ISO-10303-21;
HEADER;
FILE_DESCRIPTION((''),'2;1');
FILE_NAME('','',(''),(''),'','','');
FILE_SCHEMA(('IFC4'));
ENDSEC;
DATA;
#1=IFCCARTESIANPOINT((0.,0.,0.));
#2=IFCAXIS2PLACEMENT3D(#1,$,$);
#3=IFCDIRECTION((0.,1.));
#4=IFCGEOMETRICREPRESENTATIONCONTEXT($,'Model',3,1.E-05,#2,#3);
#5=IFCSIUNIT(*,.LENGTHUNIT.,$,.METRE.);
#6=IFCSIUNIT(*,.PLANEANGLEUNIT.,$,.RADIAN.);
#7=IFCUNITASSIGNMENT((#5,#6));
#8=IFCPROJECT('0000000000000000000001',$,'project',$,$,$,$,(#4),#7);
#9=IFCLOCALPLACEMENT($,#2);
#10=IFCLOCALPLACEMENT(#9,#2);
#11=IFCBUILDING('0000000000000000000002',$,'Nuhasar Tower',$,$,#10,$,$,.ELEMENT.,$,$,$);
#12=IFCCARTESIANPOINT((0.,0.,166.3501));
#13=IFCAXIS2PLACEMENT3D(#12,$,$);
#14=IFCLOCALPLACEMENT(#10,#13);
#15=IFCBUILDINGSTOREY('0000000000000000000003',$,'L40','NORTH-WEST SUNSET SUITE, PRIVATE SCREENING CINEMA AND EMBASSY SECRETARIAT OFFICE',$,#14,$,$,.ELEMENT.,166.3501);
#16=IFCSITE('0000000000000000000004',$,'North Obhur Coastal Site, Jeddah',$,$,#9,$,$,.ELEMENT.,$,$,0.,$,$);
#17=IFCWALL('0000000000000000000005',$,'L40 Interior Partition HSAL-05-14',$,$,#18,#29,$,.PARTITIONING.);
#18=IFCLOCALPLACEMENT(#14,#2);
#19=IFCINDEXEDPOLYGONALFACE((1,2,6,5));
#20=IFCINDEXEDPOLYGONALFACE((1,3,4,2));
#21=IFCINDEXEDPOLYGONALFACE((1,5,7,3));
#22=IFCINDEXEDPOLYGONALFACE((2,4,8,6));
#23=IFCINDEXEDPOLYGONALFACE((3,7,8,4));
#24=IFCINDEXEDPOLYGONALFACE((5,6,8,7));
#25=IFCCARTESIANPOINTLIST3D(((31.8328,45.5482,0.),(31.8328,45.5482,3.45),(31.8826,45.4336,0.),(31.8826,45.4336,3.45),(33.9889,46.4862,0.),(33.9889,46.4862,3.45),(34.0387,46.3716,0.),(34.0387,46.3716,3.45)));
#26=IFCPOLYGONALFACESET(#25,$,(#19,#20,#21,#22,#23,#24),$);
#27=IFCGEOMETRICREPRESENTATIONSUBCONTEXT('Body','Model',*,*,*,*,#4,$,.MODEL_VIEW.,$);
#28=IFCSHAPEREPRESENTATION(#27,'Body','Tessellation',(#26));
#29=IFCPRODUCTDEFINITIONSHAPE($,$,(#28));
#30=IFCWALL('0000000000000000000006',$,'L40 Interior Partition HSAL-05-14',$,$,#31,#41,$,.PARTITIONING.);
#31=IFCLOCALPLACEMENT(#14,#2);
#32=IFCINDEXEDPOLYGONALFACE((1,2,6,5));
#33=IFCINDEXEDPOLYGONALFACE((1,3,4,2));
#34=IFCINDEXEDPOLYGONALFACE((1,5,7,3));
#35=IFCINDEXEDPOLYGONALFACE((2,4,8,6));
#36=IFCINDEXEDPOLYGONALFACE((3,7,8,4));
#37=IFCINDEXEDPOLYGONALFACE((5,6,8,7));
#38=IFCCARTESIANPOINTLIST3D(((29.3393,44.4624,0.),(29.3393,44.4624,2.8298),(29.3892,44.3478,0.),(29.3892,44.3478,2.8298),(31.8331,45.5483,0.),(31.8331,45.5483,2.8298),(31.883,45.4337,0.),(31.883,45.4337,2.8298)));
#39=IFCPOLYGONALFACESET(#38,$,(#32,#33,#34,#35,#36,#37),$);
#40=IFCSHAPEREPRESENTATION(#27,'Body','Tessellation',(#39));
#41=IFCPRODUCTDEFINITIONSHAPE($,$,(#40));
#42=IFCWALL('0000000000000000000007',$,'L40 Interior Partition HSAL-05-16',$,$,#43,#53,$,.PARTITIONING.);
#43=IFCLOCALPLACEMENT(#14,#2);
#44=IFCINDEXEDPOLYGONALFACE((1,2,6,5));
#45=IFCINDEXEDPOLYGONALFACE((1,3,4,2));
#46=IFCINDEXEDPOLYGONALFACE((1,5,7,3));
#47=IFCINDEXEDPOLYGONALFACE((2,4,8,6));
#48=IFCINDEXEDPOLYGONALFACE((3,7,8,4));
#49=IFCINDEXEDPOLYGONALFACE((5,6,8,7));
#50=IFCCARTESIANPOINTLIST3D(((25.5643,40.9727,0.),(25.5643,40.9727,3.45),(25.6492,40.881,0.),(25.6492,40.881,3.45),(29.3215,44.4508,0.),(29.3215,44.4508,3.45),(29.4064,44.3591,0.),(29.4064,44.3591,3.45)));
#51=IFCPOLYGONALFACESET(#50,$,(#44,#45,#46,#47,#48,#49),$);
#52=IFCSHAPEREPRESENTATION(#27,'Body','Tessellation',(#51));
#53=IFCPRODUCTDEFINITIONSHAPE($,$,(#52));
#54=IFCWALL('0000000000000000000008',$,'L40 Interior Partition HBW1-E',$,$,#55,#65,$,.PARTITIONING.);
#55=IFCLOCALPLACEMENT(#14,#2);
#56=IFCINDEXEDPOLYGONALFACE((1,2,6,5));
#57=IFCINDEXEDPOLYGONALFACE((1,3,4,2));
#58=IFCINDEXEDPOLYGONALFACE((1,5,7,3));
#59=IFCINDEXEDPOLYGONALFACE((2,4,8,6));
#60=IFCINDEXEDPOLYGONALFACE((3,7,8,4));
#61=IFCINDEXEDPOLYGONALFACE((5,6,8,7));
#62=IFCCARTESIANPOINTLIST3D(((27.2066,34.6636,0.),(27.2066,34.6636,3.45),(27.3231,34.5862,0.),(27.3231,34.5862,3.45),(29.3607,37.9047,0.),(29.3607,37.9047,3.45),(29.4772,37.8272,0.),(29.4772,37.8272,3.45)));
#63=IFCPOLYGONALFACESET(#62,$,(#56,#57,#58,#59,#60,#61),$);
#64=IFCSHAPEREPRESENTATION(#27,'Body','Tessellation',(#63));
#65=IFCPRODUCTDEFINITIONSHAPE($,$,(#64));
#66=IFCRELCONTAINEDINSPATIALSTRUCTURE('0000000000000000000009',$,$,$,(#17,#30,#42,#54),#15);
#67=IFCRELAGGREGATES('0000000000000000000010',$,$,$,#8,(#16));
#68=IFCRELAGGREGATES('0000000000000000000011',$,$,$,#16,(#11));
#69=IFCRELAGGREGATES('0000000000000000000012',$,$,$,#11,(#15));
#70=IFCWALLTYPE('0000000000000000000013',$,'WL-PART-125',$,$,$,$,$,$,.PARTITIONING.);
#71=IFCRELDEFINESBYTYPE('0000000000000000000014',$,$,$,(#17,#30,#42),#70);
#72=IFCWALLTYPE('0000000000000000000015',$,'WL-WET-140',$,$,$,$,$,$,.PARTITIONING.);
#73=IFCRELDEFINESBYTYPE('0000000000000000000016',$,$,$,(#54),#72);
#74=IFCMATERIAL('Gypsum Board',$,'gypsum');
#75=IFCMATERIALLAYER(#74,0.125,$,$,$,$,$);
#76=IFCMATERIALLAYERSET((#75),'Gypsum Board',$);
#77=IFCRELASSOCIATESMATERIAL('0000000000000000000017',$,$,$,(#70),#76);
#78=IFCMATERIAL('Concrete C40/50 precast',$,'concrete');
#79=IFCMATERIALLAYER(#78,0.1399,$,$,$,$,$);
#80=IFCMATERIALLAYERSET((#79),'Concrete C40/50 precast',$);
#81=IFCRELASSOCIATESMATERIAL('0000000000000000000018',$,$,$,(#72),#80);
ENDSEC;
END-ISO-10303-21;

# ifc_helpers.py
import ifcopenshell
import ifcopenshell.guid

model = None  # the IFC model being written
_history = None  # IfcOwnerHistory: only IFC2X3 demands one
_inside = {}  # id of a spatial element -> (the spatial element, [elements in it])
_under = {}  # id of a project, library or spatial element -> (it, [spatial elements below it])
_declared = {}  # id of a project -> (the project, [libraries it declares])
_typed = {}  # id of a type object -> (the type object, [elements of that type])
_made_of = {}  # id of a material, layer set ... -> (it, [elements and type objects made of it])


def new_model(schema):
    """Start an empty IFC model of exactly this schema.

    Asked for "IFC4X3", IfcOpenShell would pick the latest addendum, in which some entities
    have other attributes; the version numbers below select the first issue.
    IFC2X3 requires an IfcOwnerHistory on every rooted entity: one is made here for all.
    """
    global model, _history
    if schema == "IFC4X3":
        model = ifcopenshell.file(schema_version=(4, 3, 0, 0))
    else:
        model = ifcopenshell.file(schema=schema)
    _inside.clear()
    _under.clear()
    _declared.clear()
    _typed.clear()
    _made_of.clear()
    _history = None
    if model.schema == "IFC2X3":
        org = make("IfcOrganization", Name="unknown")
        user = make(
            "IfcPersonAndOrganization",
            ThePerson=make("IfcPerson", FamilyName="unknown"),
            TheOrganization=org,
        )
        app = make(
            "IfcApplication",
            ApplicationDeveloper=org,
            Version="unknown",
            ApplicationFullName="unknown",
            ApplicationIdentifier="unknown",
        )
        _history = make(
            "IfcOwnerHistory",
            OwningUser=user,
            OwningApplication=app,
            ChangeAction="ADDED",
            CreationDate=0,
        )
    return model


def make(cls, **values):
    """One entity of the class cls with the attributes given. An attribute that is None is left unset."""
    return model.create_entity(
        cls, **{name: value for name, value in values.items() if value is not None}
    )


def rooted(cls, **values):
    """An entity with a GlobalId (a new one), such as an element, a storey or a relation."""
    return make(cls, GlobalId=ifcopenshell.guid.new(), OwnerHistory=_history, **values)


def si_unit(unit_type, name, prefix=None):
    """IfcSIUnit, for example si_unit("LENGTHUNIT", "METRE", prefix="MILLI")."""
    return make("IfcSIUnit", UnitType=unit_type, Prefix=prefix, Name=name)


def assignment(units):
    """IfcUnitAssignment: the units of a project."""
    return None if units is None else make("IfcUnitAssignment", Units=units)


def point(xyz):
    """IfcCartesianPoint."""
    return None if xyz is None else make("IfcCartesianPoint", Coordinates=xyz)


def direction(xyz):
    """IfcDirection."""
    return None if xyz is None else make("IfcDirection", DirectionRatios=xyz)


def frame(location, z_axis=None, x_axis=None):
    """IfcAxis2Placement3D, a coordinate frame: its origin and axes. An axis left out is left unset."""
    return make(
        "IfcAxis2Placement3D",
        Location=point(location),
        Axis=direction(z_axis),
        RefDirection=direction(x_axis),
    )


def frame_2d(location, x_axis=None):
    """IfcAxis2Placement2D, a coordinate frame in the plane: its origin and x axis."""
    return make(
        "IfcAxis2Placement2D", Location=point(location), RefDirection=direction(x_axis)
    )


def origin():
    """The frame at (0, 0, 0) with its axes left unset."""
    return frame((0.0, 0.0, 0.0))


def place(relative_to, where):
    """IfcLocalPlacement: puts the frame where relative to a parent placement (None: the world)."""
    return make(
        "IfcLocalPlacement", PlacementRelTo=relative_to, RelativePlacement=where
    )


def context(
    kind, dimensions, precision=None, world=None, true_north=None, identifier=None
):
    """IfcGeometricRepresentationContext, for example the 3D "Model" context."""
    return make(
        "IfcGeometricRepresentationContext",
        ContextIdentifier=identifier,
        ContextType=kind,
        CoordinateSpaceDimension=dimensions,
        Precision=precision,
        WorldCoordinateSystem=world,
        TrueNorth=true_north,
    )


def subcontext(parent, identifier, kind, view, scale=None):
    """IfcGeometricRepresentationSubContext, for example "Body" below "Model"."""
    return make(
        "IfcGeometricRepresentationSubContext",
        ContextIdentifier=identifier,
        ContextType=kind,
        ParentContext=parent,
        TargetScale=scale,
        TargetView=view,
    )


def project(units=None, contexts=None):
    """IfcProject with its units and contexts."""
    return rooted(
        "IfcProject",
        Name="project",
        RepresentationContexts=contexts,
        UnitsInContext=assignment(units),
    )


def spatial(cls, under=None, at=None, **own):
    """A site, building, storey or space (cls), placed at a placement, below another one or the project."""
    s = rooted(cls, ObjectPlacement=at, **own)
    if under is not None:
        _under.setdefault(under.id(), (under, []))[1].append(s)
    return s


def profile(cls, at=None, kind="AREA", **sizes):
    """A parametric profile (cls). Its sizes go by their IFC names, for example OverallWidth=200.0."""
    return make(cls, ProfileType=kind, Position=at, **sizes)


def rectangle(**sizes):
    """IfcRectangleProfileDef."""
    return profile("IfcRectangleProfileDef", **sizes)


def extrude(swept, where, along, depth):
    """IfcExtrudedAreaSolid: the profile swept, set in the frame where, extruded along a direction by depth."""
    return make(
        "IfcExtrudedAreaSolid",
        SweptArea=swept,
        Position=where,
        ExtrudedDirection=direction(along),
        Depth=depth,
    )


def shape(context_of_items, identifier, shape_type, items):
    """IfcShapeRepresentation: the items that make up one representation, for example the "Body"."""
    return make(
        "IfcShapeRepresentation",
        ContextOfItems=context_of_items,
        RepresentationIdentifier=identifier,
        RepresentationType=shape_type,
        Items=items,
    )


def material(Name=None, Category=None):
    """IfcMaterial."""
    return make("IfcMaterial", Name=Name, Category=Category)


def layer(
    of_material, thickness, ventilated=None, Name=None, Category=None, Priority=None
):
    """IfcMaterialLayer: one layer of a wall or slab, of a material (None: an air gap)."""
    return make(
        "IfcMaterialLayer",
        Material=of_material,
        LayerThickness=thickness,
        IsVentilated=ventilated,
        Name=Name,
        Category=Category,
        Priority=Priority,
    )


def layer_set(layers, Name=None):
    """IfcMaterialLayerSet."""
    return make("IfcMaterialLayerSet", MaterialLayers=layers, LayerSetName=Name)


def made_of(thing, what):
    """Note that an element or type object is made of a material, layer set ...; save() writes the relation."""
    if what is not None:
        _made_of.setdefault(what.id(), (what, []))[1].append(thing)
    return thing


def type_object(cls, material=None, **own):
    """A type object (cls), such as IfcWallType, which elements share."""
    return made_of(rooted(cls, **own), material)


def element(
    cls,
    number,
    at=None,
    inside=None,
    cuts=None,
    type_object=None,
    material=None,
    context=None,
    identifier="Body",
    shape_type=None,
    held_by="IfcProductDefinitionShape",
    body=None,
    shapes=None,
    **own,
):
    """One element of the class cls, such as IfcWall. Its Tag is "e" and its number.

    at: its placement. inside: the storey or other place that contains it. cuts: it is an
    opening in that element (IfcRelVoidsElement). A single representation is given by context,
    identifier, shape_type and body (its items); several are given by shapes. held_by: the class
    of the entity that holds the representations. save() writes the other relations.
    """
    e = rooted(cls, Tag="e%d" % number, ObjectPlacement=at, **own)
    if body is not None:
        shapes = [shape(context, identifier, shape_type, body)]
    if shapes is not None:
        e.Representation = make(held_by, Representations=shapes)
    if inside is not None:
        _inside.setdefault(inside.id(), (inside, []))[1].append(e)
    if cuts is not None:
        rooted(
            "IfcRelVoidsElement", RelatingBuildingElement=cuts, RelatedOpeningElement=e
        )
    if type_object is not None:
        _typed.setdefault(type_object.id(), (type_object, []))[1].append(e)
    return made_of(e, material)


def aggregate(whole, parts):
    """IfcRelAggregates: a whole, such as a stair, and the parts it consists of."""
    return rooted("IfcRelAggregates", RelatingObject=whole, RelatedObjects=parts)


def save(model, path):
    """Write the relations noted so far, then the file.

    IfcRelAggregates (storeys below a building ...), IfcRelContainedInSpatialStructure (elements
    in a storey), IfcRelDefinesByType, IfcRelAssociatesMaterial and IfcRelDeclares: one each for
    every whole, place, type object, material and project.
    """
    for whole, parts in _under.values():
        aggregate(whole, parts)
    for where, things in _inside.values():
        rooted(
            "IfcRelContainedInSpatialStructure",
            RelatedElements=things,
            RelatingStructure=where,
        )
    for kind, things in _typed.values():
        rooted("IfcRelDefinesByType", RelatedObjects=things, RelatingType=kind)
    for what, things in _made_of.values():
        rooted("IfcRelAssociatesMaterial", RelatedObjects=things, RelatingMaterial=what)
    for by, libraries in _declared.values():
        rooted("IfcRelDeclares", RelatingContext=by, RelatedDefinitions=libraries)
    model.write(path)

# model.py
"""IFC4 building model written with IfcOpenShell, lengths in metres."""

from ifc_helpers import new_model, si_unit, direction, frame, frame_2d, origin, place, context, subcontext, project, spatial, rectangle, extrude, material, layer, layer_set, type_object, element, save


model = new_model("IFC4")

# Units and contexts
model_context = context("Model", 3, precision=1e-05, world=origin(), true_north=direction((0.0, 1.0)))
body_context = subcontext(model_context, "Body", "Model", "MODEL_VIEW")
ifc_project = project(units=[si_unit("LENGTHUNIT", "METRE"), si_unit("PLANEANGLEUNIT", "RADIAN")], contexts=[model_context])

# Site, building, storey
site_placement = place(None, origin())
site = spatial("IfcSite", under=ifc_project, at=site_placement, Name="North Obhur Coastal Site, Jeddah", CompositionType="ELEMENT", RefElevation=0.0)
building_placement = place(site_placement, origin())
building = spatial("IfcBuilding", under=site, at=building_placement, Name="Nuhasar Tower", CompositionType="ELEMENT")
storey_placement = place(building_placement, frame((0.0, 0.0, 166.3501)))
storey = spatial("IfcBuildingStorey", under=building, at=storey_placement, Name="L40", Description="NORTH-WEST SUNSET SUITE, PRIVATE SCREENING CINEMA AND EMBASSY SECRETARIAT OFFICE", CompositionType="ELEMENT", Elevation=166.3501)

# Shared definitions
ifc_material_1 = material(Name="Gypsum Board", Category="gypsum")

# Shared definitions
ifc_layer_1 = layer(ifc_material_1, 0.125)
ifc_layer_set_1 = layer_set([ifc_layer_1], Name="Gypsum Board")
wall_type_1 = type_object("IfcWallType", Name="WL-PART-125", PredefinedType="PARTITIONING", material=ifc_layer_set_1)

# Walls
wall_1_placement = place(storey_placement, frame((34.0139, 46.429, 0.0), z_axis=(0.0, 0.0, 1.0), x_axis=(-0.916978, -0.398939, 0.0)))
element("IfcWall", 1, at=wall_1_placement, inside=storey, type_object=wall_type_1, Name="L40 Interior Partition HSAL-05-14", PredefinedType="PARTITIONING", context=body_context, shape_type="SweptSolid", body=[
    extrude(rectangle(XDim=2.3513, YDim=0.125, at=frame_2d((1.1758, 0.0))), origin(), (0.0, 0.0, 1.0), 3.45),
])
wall_2_placement = place(storey_placement, frame((31.8579, 45.491, 0.0), z_axis=(0.0, 0.0, 1.0), x_axis=(-0.91685, -0.399231, 0.0)))
element("IfcWall", 2, at=wall_2_placement, inside=storey, type_object=wall_type_1, Name="L40 Interior Partition HSAL-05-14", PredefinedType="PARTITIONING", context=body_context, shape_type="SweptSolid", body=[
    extrude(rectangle(XDim=2.72, YDim=0.125, at=frame_2d((1.3599, 0.0))), origin(), (0.0, 0.0, 1.0), 2.8298),
])
wall_3_placement = place(storey_placement, frame((29.364, 44.405, 0.0), z_axis=(0.0, 0.0, 1.0), x_axis=(-0.733834, -0.679329, 0.0)))
element("IfcWall", 3, at=wall_3_placement, inside=storey, type_object=wall_type_1, Name="L40 Interior Partition HSAL-05-16", PredefinedType="PARTITIONING", context=body_context, shape_type="SweptSolid", body=[
    extrude(rectangle(XDim=5.1199, YDim=0.125, at=frame_2d((2.5601, 0.0))), origin(), (0.0, 0.0, 1.0), 3.45),
])
ifc_material_2 = material(Name="Concrete C40/50 precast", Category="concrete")
ifc_layer_2 = layer(ifc_material_2, 0.1399)
ifc_layer_set_2 = layer_set([ifc_layer_2], Name="Concrete C40/50 precast")
wall_type_2 = type_object("IfcWallType", Name="WL-WET-140", PredefinedType="PARTITIONING", material=ifc_layer_set_2)
wall_4_placement = place(storey_placement, frame((29.4189, 37.866, 0.0), z_axis=(0.0, 0.0, 1.0), x_axis=(-0.553527, -0.832831, 0.0)))
element("IfcWall", 4, at=wall_4_placement, inside=storey, type_object=wall_type_2, Name="L40 Interior Partition HBW1-E", PredefinedType="PARTITIONING", context=body_context, shape_type="SweptSolid", body=[
    extrude(rectangle(XDim=3.8916, YDim=0.1399, at=frame_2d((1.9458, 0.0))), origin(), (0.0, 0.0, 1.0), 3.45),
])

save(model, "model.ifc")
